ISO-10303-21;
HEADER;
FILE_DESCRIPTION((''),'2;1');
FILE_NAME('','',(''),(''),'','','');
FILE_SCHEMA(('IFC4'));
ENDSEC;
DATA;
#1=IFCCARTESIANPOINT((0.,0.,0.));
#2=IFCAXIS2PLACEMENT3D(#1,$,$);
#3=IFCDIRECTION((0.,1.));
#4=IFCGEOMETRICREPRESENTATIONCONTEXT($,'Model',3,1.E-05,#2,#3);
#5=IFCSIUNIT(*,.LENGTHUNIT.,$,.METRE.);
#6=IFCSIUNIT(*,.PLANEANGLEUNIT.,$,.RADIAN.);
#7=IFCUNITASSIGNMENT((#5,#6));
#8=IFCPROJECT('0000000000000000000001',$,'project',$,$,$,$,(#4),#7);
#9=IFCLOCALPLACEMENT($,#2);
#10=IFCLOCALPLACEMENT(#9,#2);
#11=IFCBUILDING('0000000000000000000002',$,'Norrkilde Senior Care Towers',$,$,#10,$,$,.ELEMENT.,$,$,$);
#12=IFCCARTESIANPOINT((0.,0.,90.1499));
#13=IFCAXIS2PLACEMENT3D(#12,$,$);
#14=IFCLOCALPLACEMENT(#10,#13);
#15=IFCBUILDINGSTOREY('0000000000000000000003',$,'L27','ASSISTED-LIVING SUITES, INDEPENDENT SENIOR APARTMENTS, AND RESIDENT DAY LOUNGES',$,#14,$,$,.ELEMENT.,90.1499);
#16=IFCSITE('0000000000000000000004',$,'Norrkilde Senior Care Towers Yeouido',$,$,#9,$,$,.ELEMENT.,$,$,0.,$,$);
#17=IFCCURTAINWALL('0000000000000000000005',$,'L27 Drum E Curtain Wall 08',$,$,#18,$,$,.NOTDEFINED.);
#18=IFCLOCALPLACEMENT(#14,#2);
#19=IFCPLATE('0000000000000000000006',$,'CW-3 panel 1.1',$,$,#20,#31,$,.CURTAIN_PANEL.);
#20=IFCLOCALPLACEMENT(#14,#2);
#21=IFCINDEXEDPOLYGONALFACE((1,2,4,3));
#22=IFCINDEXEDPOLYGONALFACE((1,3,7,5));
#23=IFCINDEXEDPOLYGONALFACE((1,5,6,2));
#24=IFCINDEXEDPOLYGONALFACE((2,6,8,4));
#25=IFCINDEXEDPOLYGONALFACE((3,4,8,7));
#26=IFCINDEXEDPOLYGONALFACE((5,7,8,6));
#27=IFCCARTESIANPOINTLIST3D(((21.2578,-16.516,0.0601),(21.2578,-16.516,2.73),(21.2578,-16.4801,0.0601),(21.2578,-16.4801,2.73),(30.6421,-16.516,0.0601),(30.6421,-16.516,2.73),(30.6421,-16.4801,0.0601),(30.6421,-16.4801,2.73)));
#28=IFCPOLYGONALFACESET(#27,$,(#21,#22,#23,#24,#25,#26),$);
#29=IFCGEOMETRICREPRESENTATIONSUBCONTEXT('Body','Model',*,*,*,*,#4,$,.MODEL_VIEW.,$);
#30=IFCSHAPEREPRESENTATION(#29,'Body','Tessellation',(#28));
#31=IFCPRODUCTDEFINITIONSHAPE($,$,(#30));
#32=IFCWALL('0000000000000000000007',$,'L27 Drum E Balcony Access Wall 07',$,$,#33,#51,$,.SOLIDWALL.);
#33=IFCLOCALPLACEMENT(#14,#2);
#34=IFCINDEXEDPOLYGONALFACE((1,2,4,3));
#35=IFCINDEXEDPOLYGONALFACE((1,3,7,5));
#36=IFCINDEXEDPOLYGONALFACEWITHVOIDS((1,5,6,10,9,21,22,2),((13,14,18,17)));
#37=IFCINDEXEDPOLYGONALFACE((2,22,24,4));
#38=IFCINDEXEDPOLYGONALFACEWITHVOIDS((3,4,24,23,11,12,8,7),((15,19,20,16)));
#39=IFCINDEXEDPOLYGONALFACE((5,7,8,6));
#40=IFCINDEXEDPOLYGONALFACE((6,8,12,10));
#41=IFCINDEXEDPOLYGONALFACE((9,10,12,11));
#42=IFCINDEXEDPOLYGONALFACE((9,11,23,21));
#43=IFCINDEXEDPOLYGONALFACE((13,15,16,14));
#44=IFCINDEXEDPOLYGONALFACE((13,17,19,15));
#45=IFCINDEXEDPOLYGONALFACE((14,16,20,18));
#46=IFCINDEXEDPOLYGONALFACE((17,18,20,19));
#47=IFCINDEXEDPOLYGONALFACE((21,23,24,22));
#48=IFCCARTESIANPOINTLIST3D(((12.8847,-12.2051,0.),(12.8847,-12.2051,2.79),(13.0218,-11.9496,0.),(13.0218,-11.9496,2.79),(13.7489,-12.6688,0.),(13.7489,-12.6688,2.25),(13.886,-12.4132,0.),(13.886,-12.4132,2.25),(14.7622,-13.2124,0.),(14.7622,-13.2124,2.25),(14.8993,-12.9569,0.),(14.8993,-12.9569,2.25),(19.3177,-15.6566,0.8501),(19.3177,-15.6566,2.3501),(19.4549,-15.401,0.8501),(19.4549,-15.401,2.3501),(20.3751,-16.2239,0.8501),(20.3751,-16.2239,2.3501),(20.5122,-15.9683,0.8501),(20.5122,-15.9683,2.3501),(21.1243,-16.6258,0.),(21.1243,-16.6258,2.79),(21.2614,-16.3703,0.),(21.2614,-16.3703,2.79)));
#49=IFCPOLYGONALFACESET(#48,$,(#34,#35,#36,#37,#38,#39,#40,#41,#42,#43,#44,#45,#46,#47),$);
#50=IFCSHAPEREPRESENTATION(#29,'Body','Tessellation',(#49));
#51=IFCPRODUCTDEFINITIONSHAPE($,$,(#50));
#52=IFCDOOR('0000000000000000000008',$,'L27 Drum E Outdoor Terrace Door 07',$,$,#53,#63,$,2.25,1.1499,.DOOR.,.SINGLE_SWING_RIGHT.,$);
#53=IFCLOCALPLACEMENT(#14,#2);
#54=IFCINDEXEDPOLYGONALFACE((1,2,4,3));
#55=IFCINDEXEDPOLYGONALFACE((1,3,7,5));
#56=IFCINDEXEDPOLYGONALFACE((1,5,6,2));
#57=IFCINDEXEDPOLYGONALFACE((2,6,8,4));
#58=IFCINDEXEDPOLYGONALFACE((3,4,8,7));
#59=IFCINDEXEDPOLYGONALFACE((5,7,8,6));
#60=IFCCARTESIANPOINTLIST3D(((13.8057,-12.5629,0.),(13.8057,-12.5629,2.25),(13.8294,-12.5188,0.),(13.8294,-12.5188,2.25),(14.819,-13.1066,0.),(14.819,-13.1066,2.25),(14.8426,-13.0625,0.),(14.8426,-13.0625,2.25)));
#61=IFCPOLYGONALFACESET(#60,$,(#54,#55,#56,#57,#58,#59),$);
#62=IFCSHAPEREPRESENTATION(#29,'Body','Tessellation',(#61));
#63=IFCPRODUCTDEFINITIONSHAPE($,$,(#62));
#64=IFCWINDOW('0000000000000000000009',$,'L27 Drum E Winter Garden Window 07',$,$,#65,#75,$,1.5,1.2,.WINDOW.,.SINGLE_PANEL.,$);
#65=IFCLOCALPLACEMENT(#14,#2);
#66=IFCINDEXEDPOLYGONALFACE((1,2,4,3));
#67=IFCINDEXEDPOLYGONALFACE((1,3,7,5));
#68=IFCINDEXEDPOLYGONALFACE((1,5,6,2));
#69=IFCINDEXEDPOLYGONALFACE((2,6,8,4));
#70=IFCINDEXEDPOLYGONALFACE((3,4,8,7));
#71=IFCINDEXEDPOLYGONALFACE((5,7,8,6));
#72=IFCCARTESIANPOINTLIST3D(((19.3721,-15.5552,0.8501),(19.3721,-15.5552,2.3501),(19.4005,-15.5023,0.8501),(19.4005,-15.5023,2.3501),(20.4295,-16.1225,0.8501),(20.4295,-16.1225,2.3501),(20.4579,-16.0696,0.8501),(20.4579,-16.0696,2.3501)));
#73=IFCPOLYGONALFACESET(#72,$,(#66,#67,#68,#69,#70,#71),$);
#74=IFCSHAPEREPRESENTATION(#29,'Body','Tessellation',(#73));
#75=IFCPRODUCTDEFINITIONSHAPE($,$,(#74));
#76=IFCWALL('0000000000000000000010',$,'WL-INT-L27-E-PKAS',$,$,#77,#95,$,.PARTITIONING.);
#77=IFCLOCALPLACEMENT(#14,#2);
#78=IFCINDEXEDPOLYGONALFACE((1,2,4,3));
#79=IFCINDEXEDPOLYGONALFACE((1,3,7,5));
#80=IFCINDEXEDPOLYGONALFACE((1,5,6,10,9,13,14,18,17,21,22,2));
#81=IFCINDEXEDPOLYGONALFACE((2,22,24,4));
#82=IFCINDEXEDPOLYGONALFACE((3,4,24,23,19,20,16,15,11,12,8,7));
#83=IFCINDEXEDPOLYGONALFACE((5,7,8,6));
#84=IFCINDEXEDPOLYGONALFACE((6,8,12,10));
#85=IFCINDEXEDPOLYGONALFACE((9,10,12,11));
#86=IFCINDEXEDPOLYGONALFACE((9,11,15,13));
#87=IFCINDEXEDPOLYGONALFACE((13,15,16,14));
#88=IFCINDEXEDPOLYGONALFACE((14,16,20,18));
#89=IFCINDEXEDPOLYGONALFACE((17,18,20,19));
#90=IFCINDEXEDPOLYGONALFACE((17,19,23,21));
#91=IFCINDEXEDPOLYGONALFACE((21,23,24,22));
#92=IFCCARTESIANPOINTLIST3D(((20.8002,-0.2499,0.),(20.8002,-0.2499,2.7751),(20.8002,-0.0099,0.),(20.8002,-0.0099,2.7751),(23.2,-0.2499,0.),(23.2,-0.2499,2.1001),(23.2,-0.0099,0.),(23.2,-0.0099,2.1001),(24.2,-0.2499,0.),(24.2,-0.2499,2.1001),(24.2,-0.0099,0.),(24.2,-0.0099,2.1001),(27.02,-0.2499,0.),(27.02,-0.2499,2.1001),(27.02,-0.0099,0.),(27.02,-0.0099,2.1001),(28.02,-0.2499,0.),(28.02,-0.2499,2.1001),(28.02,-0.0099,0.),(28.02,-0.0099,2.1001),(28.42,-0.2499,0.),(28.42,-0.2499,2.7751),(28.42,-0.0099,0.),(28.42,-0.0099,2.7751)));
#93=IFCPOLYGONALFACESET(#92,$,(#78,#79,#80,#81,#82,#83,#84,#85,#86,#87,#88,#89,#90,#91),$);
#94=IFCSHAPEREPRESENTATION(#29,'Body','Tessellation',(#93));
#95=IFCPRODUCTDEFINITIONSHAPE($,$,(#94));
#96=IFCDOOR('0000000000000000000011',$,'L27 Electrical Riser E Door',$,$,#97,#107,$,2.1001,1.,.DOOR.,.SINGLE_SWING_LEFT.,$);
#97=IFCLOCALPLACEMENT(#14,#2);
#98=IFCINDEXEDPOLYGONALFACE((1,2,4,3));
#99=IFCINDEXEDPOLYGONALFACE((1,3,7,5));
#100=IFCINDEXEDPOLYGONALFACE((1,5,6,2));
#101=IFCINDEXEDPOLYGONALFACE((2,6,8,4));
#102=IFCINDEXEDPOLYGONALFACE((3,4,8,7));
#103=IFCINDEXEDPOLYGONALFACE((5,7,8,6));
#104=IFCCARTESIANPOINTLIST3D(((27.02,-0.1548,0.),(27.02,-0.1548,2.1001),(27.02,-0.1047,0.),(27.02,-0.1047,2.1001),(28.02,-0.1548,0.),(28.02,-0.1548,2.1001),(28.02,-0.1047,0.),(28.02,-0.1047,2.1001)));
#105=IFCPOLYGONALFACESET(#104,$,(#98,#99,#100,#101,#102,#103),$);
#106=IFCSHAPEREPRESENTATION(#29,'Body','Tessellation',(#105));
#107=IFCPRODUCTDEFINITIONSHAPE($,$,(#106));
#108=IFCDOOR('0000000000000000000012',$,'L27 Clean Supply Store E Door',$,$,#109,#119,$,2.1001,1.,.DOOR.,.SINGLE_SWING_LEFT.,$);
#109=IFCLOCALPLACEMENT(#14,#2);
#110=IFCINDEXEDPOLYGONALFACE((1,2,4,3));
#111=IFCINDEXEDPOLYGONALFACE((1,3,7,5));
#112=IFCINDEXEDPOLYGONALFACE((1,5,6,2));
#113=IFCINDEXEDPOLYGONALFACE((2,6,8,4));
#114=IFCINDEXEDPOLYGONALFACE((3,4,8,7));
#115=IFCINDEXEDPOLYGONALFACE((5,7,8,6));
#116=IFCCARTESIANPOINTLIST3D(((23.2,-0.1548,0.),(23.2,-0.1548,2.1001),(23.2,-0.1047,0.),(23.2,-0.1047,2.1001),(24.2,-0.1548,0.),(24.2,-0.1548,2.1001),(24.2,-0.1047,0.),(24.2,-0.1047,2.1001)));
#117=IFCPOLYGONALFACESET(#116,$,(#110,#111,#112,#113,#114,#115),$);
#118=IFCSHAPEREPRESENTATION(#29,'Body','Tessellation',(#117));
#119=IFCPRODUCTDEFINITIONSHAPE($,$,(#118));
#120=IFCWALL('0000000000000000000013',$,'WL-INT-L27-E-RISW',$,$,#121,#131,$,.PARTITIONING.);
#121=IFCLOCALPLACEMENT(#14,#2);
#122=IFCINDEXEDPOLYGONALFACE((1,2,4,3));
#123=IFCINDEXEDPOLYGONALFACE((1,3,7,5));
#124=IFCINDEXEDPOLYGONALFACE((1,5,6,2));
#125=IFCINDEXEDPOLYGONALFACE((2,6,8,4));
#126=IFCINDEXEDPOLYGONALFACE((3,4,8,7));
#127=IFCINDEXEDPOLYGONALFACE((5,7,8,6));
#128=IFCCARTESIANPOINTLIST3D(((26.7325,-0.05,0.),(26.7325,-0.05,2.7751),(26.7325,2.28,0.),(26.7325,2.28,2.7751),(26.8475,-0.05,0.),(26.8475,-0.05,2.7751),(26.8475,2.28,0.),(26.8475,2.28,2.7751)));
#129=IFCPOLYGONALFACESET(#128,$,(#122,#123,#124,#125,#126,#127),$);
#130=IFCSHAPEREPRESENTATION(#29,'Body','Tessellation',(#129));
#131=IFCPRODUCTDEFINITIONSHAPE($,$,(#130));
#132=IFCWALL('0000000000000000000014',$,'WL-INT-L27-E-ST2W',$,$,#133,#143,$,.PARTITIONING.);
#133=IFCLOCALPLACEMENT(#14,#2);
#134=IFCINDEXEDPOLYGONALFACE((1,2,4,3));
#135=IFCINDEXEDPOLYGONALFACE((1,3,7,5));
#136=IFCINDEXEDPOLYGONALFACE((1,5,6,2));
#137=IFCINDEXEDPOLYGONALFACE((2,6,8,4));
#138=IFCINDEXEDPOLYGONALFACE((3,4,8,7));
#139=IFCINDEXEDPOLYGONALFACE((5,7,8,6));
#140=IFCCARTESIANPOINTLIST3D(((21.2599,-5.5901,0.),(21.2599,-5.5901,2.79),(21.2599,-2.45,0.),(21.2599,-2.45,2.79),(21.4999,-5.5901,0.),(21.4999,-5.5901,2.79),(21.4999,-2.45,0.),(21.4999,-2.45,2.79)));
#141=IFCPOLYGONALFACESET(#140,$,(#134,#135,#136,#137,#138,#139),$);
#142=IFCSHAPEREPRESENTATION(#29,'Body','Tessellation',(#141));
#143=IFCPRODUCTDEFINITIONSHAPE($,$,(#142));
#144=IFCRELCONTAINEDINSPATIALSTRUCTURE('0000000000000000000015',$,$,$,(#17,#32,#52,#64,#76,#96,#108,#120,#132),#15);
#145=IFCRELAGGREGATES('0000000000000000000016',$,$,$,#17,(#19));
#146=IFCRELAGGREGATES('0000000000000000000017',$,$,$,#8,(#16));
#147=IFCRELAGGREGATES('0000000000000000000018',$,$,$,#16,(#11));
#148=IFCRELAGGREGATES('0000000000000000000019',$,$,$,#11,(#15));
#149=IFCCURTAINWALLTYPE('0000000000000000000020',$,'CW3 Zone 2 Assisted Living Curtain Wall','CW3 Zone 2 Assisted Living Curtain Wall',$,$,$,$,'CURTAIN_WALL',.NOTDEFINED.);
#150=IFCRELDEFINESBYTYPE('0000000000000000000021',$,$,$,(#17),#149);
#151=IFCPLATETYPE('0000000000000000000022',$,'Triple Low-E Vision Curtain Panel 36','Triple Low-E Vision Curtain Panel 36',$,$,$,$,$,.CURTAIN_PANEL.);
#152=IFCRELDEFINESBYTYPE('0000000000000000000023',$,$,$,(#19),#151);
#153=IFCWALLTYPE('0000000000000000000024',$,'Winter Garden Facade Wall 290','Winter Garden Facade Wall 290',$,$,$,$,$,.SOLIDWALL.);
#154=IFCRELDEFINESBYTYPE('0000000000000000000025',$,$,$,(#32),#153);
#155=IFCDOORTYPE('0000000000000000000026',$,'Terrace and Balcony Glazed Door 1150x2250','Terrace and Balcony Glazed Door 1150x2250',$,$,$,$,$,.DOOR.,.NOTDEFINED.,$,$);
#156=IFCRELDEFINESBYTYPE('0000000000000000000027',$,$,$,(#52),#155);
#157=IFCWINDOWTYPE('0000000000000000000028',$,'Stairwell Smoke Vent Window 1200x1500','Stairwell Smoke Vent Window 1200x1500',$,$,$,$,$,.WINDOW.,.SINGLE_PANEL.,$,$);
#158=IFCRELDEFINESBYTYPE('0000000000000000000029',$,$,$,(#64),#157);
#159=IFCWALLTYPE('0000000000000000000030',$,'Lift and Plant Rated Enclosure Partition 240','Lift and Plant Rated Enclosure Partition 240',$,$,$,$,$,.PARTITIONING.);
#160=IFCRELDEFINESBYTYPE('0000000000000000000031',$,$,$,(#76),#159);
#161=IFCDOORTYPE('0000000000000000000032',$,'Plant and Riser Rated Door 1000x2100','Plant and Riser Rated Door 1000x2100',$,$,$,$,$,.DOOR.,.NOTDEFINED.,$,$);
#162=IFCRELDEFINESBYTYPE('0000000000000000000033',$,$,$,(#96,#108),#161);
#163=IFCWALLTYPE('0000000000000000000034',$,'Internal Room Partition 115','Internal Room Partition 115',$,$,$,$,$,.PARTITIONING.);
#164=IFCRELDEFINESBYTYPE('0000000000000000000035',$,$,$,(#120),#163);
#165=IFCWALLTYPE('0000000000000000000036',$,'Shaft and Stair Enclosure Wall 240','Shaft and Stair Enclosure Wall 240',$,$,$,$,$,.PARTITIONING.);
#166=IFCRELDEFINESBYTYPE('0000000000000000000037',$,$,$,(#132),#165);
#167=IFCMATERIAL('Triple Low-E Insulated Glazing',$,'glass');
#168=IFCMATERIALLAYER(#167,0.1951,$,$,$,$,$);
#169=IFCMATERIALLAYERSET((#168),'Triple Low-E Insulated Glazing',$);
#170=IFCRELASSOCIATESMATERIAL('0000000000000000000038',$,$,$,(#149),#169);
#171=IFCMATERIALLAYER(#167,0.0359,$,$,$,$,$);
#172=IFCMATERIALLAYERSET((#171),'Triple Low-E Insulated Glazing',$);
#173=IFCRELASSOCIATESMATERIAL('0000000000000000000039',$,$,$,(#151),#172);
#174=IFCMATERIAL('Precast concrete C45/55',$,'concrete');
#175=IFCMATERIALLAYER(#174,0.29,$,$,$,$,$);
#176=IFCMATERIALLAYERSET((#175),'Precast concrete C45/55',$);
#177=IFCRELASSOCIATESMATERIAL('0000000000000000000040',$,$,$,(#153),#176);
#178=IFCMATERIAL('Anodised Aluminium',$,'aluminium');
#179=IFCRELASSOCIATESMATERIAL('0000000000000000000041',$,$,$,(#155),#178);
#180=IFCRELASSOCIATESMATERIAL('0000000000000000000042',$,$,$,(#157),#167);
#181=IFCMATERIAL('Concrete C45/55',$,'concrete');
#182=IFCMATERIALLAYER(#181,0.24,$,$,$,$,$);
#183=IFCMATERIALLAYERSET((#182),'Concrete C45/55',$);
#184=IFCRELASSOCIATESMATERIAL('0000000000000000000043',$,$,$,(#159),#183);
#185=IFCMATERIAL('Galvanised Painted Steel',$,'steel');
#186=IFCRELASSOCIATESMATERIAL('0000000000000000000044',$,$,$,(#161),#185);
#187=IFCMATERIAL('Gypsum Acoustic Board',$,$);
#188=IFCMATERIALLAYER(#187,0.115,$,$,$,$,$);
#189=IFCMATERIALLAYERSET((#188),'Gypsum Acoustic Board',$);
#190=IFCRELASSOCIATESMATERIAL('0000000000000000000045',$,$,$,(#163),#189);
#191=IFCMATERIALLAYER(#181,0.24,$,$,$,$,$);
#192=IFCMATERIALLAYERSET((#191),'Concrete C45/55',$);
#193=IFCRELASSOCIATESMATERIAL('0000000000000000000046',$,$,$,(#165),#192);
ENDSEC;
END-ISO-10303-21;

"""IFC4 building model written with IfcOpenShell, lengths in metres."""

from ifc_helpers import new_model, si_unit, direction, frame, frame_2d, origin, origin_2d, place, context, subcontext, project, spatial, rectangle, extrude, source, transform, mapped, material, layer, layer_set, type_object, type_shapes, element, fill, aggregate, save


model = new_model("IFC4")

# Units and contexts
model_context = context("Model", 3, precision=1e-05, world=origin(), true_north=direction((0.0, 1.0)))
body_context = subcontext(model_context, "Body", "Model", "MODEL_VIEW")
ifc_project = project(units=[si_unit("LENGTHUNIT", "METRE"), si_unit("PLANEANGLEUNIT", "RADIAN")], contexts=[model_context])

# Site, building, storey
site_placement = place(None, origin())
site = spatial("IfcSite", under=ifc_project, at=site_placement, Name="Norrkilde Senior Care Towers Yeouido", CompositionType="ELEMENT", RefElevation=0.0)
building_placement = place(site_placement, origin())
building = spatial("IfcBuilding", under=site, at=building_placement, Name="Norrkilde Senior Care Towers", CompositionType="ELEMENT")
storey_placement = place(building_placement, frame((0.0, 0.0, 90.1499)))
storey = spatial("IfcBuildingStorey", under=building, at=storey_placement, Name="L27", Description="ASSISTED-LIVING SUITES, INDEPENDENT SENIOR APARTMENTS, AND RESIDENT DAY LOUNGES", CompositionType="ELEMENT", Elevation=90.1499)

# Curtain wall, plate
ifc_material_1 = material(Name="Triple Low-E Insulated Glazing", Category="glass")
ifc_layer_1 = layer(ifc_material_1, 0.1951)
ifc_layer_set_1 = layer_set([ifc_layer_1], Name="Triple Low-E Insulated Glazing")
curtain_wall_type = type_object("IfcCurtainWallType", Name="CW3 Zone 2 Assisted Living Curtain Wall", Description="CW3 Zone 2 Assisted Living Curtain Wall", ElementType="CURTAIN_WALL", PredefinedType="NOTDEFINED", material=ifc_layer_set_1)
curtain_wall_placement = place(storey_placement, origin())
curtain_wall = element("IfcCurtainWall", 1, at=curtain_wall_placement, inside=storey, type_object=curtain_wall_type, Name="L27 Drum E Curtain Wall 08", PredefinedType="NOTDEFINED")
ifc_material_2 = material(Name="Anodised Aluminium", Category="aluminium")
ifc_layer_2 = layer(ifc_material_1, 0.0359)
ifc_layer_set_2 = layer_set([ifc_layer_2], Name="Triple Low-E Insulated Glazing")
plate_type = type_object("IfcPlateType", Name="Triple Low-E Vision Curtain Panel 36", Description="Triple Low-E Vision Curtain Panel 36", PredefinedType="CURTAIN_PANEL", material=ifc_layer_set_2)
shared_shape_1 = source(origin(), body_context, "Body", "SweptSolid", [
    extrude(rectangle(XDim=9.3843, YDim=0.0359, at=origin_2d()), origin(), (0.0, 0.0, 1.0), 2.6699),
])
type_shapes(plate_type, [shared_shape_1])
plate_placement = place(storey_placement, frame((25.95, -16.498, 0.0601), z_axis=(0.0, 0.0, 1.0), x_axis=(-1.0, 0.0, 0.0)))
plate = element("IfcPlate", 2, at=plate_placement, type_object=plate_type, Name="CW-3 panel 1.1", PredefinedType="CURTAIN_PANEL", context=body_context, shape_type="MappedRepresentation", body=[
    mapped(shared_shape_1, transform((0.0, 0.0, 0.0), x_axis=(1.0, 0.0, 0.0), y_axis=(0.0, 1.0, 0.0), z_axis=(0.0, 0.0, 1.0), scale=1.0)),
])
aggregate(curtain_wall, [plate])

# Wall, openings, door, window
ifc_material_3 = material(Name="Precast concrete C45/55", Category="concrete")
ifc_layer_3 = layer(ifc_material_3, 0.29)
ifc_layer_set_3 = layer_set([ifc_layer_3], Name="Precast concrete C45/55")
wall_type_1 = type_object("IfcWallType", Name="Winter Garden Facade Wall 290", Description="Winter Garden Facade Wall 290", PredefinedType="SOLIDWALL", material=ifc_layer_set_3)
shared_shape_2 = source(origin(), body_context, "Body", "SweptSolid", [
    extrude(rectangle(XDim=9.3506, YDim=0.29, at=frame_2d((4.6753, 0.0))), origin(), (0.0, 0.0, 1.0), 2.79),
])
type_shapes(wall_type_1, [shared_shape_2])
wall_1_placement = place(storey_placement, frame((21.1929, -16.498, 0.0), z_axis=(0.0, 0.0, 1.0), x_axis=(-0.881184, 0.472773, 0.0)))
wall_1 = element("IfcWall", 3, at=wall_1_placement, inside=storey, type_object=wall_type_1, Name="L27 Drum E Balcony Access Wall 07", PredefinedType="SOLIDWALL", context=body_context, shape_type="MappedRepresentation", body=[
    mapped(shared_shape_2, transform((0.0, 0.0, 0.0), x_axis=(1.0, 0.0, 0.0), y_axis=(0.0, 1.0, 0.0), z_axis=(0.0, 0.0, 1.0), scale=1.0)),
])
opening_1_placement = place(wall_1_placement, frame((7.22, 0.0, 0.0)))
opening_1 = element("IfcOpeningElement", 4, at=opening_1_placement, cuts=wall_1, PredefinedType="OPENING", context=body_context, shape_type="SweptSolid", body=[
    extrude(rectangle(XDim=1.1499, YDim=2.25, at=frame_2d((0.575, 1.125))), frame((0.0, 0.155, 0.0), z_axis=(0.0, -1.0, 0.0), x_axis=(1.0, 0.0, 0.0)), (0.0, 0.0, 1.0), 0.3101),
])
opening_2_placement = place(wall_1_placement, frame((0.8501, 0.0, 0.8501)))
opening_2 = element("IfcOpeningElement", 5, at=opening_2_placement, cuts=wall_1, PredefinedType="OPENING", context=body_context, shape_type="SweptSolid", body=[
    extrude(rectangle(XDim=1.2, YDim=1.5, at=frame_2d((0.6001, 0.75))), frame((0.0, 0.155, 0.0), z_axis=(0.0, -1.0, 0.0), x_axis=(1.0, 0.0, 0.0)), (0.0, 0.0, 1.0), 0.3101),
])
door_type_1 = type_object("IfcDoorType", Name="Terrace and Balcony Glazed Door 1150x2250", Description="Terrace and Balcony Glazed Door 1150x2250", OperationType="NOTDEFINED", PredefinedType="DOOR", material=ifc_material_2)
shared_shape_3 = source(origin(), body_context, "Body", "SweptSolid", [
    extrude(rectangle(XDim=1.1499, YDim=2.25, at=frame_2d((0.575, 1.125))), frame((0.0, 0.0249, 0.0), z_axis=(0.0, -1.0, 0.0), x_axis=(1.0, 0.0, 0.0)), (0.0, 0.0, 1.0), 0.05),
])
type_shapes(door_type_1, [shared_shape_3])
door_1_placement = place(opening_1_placement, origin())
door_1 = element("IfcDoor", 6, at=door_1_placement, inside=storey, type_object=door_type_1, Name="L27 Drum E Outdoor Terrace Door 07", OperationType="SINGLE_SWING_RIGHT", OverallHeight=2.25, OverallWidth=1.1499, PredefinedType="DOOR", context=body_context, shape_type="MappedRepresentation", body=[
    mapped(shared_shape_3, transform((0.0, 0.0, 0.0), x_axis=(1.0, 0.0, 0.0), y_axis=(0.0, 1.0, 0.0), z_axis=(0.0, 0.0, 1.0), scale=1.0)),
])
fill(opening_1, door_1)
window_type = type_object("IfcWindowType", Name="Stairwell Smoke Vent Window 1200x1500", Description="Stairwell Smoke Vent Window 1200x1500", PartitioningType="SINGLE_PANEL", PredefinedType="WINDOW", material=ifc_material_1)
shared_shape_4 = source(origin(), body_context, "Body", "SweptSolid", [
    extrude(rectangle(XDim=1.2, YDim=1.5, at=frame_2d((0.6001, 0.75))), frame((0.0, 0.03, 0.0), z_axis=(0.0, -1.0, 0.0), x_axis=(1.0, 0.0, 0.0)), (0.0, 0.0, 1.0), 0.0601),
])
type_shapes(window_type, [shared_shape_4])
window_placement = place(opening_2_placement, origin())
window = element("IfcWindow", 7, at=window_placement, inside=storey, type_object=window_type, Name="L27 Drum E Winter Garden Window 07", OverallHeight=1.5, OverallWidth=1.2, PartitioningType="SINGLE_PANEL", PredefinedType="WINDOW", context=body_context, shape_type="MappedRepresentation", body=[
    mapped(shared_shape_4, transform((0.0, 0.0, 0.0), x_axis=(1.0, 0.0, 0.0), y_axis=(0.0, 1.0, 0.0), z_axis=(0.0, 0.0, 1.0), scale=1.0)),
])
fill(opening_2, window)

# Wall, openings, doors
ifc_material_4 = material(Name="Concrete C45/55", Category="concrete")
ifc_layer_4 = layer(ifc_material_4, 0.24)
ifc_layer_set_4 = layer_set([ifc_layer_4], Name="Concrete C45/55")
wall_type_2 = type_object("IfcWallType", Name="Lift and Plant Rated Enclosure Partition 240", Description="Lift and Plant Rated Enclosure Partition 240", PredefinedType="PARTITIONING", material=ifc_layer_set_4)
shared_shape_5 = source(origin(), body_context, "Body", "SweptSolid", [
    extrude(rectangle(XDim=7.6199, YDim=0.24, at=frame_2d((3.8101, 0.0))), origin(), (0.0, 0.0, 1.0), 2.7751),
])
type_shapes(wall_type_2, [shared_shape_5])
wall_2_placement = place(storey_placement, frame((20.8, -0.1299, 0.0), z_axis=(0.0, 0.0, 1.0), x_axis=(1.0, 0.0, 0.0)))
wall_2 = element("IfcWall", 8, at=wall_2_placement, inside=storey, type_object=wall_type_2, Name="WL-INT-L27-E-PKAS", PredefinedType="PARTITIONING", context=body_context, shape_type="MappedRepresentation", body=[
    mapped(shared_shape_5, transform((0.0, 0.0, 0.0), x_axis=(1.0, 0.0, 0.0), y_axis=(0.0, 1.0, 0.0), z_axis=(0.0, 0.0, 1.0), scale=1.0)),
])
opening_3_placement = place(wall_2_placement, frame((6.22, 0.0, 0.0)))
opening_3 = element("IfcOpeningElement", 9, at=opening_3_placement, cuts=wall_2, PredefinedType="OPENING", context=body_context, shape_type="SweptSolid", body=[
    extrude(rectangle(XDim=1.0, YDim=2.1001, at=frame_2d((0.5, 1.05))), frame((0.0, 0.1299, 0.0), z_axis=(0.0, -1.0, 0.0), x_axis=(1.0, 0.0, 0.0)), (0.0, 0.0, 1.0), 0.26),
])
opening_4_placement = place(wall_2_placement, frame((2.3999, 0.0, 0.0)))
opening_4 = element("IfcOpeningElement", 10, at=opening_4_placement, cuts=wall_2, PredefinedType="OPENING", context=body_context, shape_type="SweptSolid", body=[
    extrude(rectangle(XDim=1.0, YDim=2.1001, at=frame_2d((0.5, 1.05))), frame((0.0, 0.1299, 0.0), z_axis=(0.0, -1.0, 0.0), x_axis=(1.0, 0.0, 0.0)), (0.0, 0.0, 1.0), 0.26),
])
ifc_material_5 = material(Name="Galvanised Painted Steel", Category="steel")
door_type_2 = type_object("IfcDoorType", Name="Plant and Riser Rated Door 1000x2100", Description="Plant and Riser Rated Door 1000x2100", OperationType="NOTDEFINED", PredefinedType="DOOR", material=ifc_material_5)
shared_shape_6 = source(origin(), body_context, "Body", "SweptSolid", [
    extrude(rectangle(XDim=1.0, YDim=2.1001, at=frame_2d((0.5, 1.05))), frame((0.0, 0.0249, 0.0), z_axis=(0.0, -1.0, 0.0), x_axis=(1.0, 0.0, 0.0)), (0.0, 0.0, 1.0), 0.05),
])
type_shapes(door_type_2, [shared_shape_6])
door_2_placement = place(opening_3_placement, frame((1.0, 0.0, 0.0), z_axis=(0.0, 0.0, 1.0), x_axis=(-1.0, 0.0, 0.0)))
door_2 = element("IfcDoor", 11, at=door_2_placement, inside=storey, type_object=door_type_2, Name="L27 Electrical Riser E Door", OperationType="SINGLE_SWING_LEFT", OverallHeight=2.1001, OverallWidth=1.0, PredefinedType="DOOR", context=body_context, shape_type="MappedRepresentation", body=[
    mapped(shared_shape_6, transform((0.0, 0.0, 0.0), x_axis=(1.0, 0.0, 0.0), y_axis=(0.0, 1.0, 0.0), z_axis=(0.0, 0.0, 1.0), scale=1.0)),
])
fill(opening_3, door_2)
door_3_placement = place(opening_4_placement, frame((1.0, 0.0, 0.0), z_axis=(0.0, 0.0, 1.0), x_axis=(-1.0, 0.0, 0.0)))
door_3 = element("IfcDoor", 12, at=door_3_placement, inside=storey, type_object=door_type_2, Name="L27 Clean Supply Store E Door", OperationType="SINGLE_SWING_LEFT", OverallHeight=2.1001, OverallWidth=1.0, PredefinedType="DOOR", context=body_context, shape_type="MappedRepresentation", body=[
    mapped(shared_shape_6, transform((0.0, 0.0, 0.0), x_axis=(1.0, 0.0, 0.0), y_axis=(0.0, 1.0, 0.0), z_axis=(0.0, 0.0, 1.0), scale=1.0)),
])
fill(opening_4, door_3)

# Wall
ifc_material_6 = material(Name="Gypsum Acoustic Board")
ifc_layer_5 = layer(ifc_material_6, 0.115)
ifc_layer_set_5 = layer_set([ifc_layer_5], Name="Gypsum Acoustic Board")
wall_type_3 = type_object("IfcWallType", Name="Internal Room Partition 115", Description="Internal Room Partition 115", PredefinedType="PARTITIONING", material=ifc_layer_set_5)
shared_shape_7 = source(origin(), body_context, "Body", "SweptSolid", [
    extrude(rectangle(XDim=2.3301, YDim=0.115, at=frame_2d((1.165, 0.0))), origin(), (0.0, 0.0, 1.0), 2.7751),
])
type_shapes(wall_type_3, [shared_shape_7])
wall_3_placement = place(storey_placement, frame((26.79, -0.05, 0.0), z_axis=(0.0, 0.0, 1.0), x_axis=(0.0, 1.0, 0.0)))
element("IfcWall", 13, at=wall_3_placement, inside=storey, type_object=wall_type_3, Name="WL-INT-L27-E-RISW", PredefinedType="PARTITIONING", context=body_context, shape_type="MappedRepresentation", body=[
    mapped(shared_shape_7, transform((0.0, 0.0, 0.0), x_axis=(1.0, 0.0, 0.0), y_axis=(0.0, 1.0, 0.0), z_axis=(0.0, 0.0, 1.0), scale=1.0)),
])

# Shared definitions
ifc_layer_6 = layer(ifc_material_4, 0.24)
ifc_layer_set_6 = layer_set([ifc_layer_6], Name="Concrete C45/55")
wall_type_4 = type_object("IfcWallType", Name="Shaft and Stair Enclosure Wall 240", Description="Shaft and Stair Enclosure Wall 240", PredefinedType="PARTITIONING", material=ifc_layer_set_6)

# Wall
shared_shape_8 = source(origin(), body_context, "Body", "SweptSolid", [
    extrude(rectangle(XDim=3.1401, YDim=0.24, at=frame_2d((1.5701, 0.0))), origin(), (0.0, 0.0, 1.0), 2.79),
])
wall_4_placement = place(storey_placement, frame((21.3799, -5.5901, 0.0), z_axis=(0.0, 0.0, 1.0), x_axis=(0.0, 1.0, 0.0)))
element("IfcWall", 14, at=wall_4_placement, inside=storey, type_object=wall_type_4, Name="WL-INT-L27-E-ST2W", PredefinedType="PARTITIONING", context=body_context, shape_type="MappedRepresentation", body=[
    mapped(shared_shape_8, transform((0.0, 0.0, 0.0), x_axis=(1.0, 0.0, 0.0), y_axis=(0.0, 1.0, 0.0), z_axis=(0.0, 0.0, 1.0), scale=1.0)),
])

save(model, "model.ifc")
